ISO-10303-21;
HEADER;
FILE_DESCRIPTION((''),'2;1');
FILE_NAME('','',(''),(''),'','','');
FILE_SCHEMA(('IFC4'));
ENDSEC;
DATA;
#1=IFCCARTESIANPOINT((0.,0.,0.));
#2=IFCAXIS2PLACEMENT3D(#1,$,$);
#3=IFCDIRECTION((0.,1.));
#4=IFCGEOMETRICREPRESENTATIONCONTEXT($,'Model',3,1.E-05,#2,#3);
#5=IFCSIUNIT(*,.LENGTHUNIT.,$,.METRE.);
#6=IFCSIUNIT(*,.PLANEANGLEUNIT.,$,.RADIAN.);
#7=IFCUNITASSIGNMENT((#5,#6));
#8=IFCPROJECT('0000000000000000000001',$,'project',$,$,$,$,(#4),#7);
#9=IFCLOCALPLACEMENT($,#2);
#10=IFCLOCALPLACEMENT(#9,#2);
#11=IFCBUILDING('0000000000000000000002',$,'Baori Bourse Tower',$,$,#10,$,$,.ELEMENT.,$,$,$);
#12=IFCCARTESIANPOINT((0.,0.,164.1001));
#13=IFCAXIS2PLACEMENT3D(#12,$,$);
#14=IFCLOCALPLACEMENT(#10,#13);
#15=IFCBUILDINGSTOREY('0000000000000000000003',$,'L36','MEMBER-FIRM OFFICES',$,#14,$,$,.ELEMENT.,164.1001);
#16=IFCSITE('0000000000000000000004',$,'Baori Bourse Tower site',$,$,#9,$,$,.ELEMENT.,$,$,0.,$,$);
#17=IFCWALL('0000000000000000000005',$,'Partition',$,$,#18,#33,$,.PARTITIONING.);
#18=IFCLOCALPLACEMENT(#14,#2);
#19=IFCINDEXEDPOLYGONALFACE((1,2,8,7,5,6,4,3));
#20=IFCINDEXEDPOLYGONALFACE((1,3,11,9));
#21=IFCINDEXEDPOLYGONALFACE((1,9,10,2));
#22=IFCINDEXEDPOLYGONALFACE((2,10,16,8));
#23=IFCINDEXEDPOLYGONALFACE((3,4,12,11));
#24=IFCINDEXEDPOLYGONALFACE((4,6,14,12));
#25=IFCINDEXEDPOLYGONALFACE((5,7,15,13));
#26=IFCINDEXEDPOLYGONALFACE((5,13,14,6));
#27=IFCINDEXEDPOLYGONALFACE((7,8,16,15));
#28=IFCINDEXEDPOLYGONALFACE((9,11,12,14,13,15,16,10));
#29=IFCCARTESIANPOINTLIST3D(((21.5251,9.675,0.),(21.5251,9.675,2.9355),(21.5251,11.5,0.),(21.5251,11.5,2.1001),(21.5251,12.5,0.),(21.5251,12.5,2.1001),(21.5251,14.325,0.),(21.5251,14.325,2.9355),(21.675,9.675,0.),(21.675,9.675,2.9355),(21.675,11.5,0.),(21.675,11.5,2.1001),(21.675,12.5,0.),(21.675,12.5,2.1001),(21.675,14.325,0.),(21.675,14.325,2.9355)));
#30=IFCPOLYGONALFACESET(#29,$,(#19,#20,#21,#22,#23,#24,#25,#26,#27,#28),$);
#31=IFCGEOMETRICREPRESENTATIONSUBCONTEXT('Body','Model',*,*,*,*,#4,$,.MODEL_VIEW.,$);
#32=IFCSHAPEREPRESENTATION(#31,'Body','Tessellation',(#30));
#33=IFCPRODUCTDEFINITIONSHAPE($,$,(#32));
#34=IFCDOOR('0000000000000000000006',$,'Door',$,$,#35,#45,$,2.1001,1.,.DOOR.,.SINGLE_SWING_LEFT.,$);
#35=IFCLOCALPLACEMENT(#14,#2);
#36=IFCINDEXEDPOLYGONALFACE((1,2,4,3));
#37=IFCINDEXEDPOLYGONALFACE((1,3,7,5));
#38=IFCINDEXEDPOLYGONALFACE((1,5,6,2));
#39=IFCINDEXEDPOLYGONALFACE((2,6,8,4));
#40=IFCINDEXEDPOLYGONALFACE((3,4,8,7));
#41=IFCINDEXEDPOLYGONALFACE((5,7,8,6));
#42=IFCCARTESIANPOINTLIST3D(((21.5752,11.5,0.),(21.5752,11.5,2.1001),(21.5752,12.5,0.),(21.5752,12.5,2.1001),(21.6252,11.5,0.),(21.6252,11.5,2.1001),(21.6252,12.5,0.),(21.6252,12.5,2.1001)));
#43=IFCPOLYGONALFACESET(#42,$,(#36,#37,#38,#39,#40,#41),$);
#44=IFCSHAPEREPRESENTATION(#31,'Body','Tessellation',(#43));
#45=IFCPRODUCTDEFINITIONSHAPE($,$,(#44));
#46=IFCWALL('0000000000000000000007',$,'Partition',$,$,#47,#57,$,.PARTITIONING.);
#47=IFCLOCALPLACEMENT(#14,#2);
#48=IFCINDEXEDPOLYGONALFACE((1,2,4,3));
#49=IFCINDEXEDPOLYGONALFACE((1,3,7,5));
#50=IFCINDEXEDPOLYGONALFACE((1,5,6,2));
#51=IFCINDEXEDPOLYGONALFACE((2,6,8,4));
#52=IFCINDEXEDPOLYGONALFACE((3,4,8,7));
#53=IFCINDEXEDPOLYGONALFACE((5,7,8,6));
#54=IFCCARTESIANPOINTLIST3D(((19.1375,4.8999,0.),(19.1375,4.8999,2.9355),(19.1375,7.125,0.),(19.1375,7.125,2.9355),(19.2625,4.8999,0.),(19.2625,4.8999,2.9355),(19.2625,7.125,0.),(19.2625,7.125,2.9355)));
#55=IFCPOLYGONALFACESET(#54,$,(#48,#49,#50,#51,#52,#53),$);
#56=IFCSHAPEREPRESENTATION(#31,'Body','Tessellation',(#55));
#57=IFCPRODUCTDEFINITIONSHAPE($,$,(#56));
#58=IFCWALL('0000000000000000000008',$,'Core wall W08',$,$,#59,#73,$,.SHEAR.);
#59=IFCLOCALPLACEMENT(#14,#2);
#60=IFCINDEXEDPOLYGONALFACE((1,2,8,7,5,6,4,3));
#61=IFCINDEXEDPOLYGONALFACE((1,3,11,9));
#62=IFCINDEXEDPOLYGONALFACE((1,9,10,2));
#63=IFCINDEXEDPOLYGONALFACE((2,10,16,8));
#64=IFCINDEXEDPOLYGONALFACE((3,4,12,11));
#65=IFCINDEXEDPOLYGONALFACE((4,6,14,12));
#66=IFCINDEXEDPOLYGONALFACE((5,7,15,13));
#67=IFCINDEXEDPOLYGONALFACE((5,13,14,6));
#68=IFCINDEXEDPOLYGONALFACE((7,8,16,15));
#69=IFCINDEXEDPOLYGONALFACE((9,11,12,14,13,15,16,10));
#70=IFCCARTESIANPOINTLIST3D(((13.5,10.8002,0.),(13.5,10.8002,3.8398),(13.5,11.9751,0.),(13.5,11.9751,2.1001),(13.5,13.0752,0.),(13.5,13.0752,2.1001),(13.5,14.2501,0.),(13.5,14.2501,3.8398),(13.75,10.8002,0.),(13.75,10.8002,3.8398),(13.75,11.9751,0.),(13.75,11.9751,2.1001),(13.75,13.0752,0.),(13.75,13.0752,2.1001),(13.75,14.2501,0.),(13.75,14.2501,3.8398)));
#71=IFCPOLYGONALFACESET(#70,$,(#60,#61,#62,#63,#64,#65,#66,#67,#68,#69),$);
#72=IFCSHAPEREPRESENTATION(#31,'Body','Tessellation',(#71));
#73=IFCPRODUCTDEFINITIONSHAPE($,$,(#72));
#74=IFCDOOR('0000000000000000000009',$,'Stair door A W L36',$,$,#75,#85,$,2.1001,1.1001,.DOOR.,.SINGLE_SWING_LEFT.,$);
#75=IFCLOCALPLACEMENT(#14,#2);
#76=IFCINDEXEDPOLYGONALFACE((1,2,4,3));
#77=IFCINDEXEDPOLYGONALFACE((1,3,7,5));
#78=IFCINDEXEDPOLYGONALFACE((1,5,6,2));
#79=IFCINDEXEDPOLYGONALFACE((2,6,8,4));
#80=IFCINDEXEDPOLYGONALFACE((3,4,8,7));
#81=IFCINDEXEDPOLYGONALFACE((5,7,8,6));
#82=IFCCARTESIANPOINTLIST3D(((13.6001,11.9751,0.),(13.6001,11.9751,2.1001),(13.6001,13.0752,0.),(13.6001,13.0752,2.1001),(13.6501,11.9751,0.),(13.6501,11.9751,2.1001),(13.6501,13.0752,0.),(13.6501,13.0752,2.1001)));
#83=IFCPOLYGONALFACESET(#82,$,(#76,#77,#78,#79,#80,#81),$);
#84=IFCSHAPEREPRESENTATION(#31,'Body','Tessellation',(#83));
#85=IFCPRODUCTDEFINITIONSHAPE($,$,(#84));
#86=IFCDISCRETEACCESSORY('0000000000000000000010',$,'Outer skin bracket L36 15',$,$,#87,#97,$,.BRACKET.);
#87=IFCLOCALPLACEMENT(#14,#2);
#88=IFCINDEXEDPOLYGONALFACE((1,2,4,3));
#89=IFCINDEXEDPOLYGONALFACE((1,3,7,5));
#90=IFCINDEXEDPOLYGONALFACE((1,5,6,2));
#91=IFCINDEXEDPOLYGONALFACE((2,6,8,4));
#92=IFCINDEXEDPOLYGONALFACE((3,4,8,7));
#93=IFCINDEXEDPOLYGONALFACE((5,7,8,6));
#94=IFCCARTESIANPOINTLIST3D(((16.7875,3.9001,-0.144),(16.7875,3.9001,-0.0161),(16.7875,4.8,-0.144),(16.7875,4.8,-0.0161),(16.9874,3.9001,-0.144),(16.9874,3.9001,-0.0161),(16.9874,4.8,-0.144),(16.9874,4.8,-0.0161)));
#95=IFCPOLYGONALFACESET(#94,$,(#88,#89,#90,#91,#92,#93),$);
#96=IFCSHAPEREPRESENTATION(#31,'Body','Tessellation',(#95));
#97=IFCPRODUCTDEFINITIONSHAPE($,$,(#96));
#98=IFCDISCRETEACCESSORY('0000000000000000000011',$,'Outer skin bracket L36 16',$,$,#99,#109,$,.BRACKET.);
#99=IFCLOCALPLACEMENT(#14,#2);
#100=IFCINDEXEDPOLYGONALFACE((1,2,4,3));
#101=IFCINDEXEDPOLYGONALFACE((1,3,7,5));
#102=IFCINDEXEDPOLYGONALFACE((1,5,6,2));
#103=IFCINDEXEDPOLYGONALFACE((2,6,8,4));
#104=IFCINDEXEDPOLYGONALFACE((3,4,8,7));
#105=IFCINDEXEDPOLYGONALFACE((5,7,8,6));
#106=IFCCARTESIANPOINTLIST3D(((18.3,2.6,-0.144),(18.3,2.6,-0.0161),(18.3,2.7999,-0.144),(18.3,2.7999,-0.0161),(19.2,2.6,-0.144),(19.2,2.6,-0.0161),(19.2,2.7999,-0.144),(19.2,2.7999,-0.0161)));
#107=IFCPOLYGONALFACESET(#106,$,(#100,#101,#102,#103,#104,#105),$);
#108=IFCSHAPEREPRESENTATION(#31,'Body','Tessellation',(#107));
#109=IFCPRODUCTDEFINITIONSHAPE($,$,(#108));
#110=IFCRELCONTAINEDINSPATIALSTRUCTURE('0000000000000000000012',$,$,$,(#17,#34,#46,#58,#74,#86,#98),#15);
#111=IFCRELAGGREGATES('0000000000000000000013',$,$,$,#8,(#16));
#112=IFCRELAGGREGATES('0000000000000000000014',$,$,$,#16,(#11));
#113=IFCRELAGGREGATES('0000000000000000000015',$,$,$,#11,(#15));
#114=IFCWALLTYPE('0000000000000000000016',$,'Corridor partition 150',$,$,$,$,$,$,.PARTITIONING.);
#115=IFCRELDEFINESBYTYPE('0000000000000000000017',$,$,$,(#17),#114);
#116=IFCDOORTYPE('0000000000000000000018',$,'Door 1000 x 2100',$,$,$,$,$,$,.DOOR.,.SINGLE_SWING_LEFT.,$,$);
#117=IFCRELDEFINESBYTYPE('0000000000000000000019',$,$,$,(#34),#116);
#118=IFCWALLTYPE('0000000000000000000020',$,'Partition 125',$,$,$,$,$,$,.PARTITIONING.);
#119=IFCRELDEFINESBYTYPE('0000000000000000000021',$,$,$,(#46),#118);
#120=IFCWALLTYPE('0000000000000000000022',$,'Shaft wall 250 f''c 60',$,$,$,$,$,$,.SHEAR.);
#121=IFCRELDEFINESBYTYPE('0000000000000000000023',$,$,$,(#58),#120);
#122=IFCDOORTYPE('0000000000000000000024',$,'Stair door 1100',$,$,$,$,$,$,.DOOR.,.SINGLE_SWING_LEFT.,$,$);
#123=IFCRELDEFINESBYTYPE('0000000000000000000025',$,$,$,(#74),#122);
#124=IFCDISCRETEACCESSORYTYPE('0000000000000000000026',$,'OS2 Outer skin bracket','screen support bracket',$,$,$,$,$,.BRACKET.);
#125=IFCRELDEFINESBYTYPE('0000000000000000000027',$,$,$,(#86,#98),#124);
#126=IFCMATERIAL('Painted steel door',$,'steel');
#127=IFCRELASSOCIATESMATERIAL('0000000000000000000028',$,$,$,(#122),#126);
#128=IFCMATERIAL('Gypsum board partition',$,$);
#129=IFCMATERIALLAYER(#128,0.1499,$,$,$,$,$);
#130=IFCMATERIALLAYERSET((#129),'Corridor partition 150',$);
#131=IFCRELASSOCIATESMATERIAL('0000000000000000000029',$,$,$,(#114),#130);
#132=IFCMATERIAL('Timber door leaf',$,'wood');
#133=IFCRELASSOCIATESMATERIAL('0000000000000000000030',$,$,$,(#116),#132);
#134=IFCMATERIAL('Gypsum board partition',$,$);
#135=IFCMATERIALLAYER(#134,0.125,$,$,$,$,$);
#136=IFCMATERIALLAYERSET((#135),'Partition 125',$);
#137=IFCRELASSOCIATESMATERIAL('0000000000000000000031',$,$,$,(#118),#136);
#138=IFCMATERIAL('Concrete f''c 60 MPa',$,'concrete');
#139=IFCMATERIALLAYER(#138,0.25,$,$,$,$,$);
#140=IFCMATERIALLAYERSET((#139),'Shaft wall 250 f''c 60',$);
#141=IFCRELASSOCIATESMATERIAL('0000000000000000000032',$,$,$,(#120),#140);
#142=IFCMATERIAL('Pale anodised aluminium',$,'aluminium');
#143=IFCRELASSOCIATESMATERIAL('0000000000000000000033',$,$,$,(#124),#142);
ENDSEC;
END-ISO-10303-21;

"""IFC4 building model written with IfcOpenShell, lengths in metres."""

from ifc_helpers import new_model, si_unit, direction, frame, frame_2d, origin, origin_2d, place, context, subcontext, project, spatial, rectangle, extrude, material, layer, layer_set, type_object, element, fill, save


model = new_model("IFC4")

# Units and contexts
model_context = context("Model", 3, precision=1e-05, world=origin(), true_north=direction((0.0, 1.0)))
body_context = subcontext(model_context, "Body", "Model", "MODEL_VIEW")
ifc_project = project(units=[si_unit("LENGTHUNIT", "METRE"), si_unit("PLANEANGLEUNIT", "RADIAN")], contexts=[model_context])

# Site, building, storey
site_placement = place(None, origin())
site = spatial("IfcSite", under=ifc_project, at=site_placement, Name="Baori Bourse Tower site", CompositionType="ELEMENT", RefElevation=0.0)
building_placement = place(site_placement, origin())
building = spatial("IfcBuilding", under=site, at=building_placement, Name="Baori Bourse Tower", CompositionType="ELEMENT")
storey_placement = place(building_placement, frame((0.0, 0.0, 164.1001)))
storey = spatial("IfcBuildingStorey", under=building, at=storey_placement, Name="L36", Description="MEMBER-FIRM OFFICES", CompositionType="ELEMENT", Elevation=164.1001)

# Wall, opening, door
ifc_material_1 = material(Name="Painted steel door", Category="steel")
door_type_1 = type_object("IfcDoorType", Name="Stair door 1100", OperationType="SINGLE_SWING_LEFT", PredefinedType="DOOR", material=ifc_material_1)
ifc_material_2 = material(Name="Gypsum board partition")
ifc_layer_1 = layer(ifc_material_2, 0.1499)
ifc_layer_set_1 = layer_set([ifc_layer_1], Name="Corridor partition 150")
wall_type_1 = type_object("IfcWallType", Name="Corridor partition 150", PredefinedType="PARTITIONING", material=ifc_layer_set_1)
ifc_material_3 = material(Name="Timber door leaf", Category="wood")
door_type_2 = type_object("IfcDoorType", Name="Door 1000 x 2100", OperationType="SINGLE_SWING_LEFT", PredefinedType="DOOR", material=ifc_material_3)
wall_1_placement = place(storey_placement, frame((21.6001, 9.675, 0.0), z_axis=(0.0, 0.0, 1.0), x_axis=(0.0, 1.0, 0.0)))
wall_1 = element("IfcWall", 1, at=wall_1_placement, inside=storey, type_object=wall_type_1, Name="Partition", PredefinedType="PARTITIONING", context=body_context, shape_type="SweptSolid", body=[
    extrude(rectangle(XDim=4.6499, YDim=0.1499, at=frame_2d((2.325, 0.0))), origin(), (0.0, 0.0, 1.0), 2.9355),
])
opening_1_placement = place(wall_1_placement, frame((1.825, 0.0, 0.0)))
opening_1 = element("IfcOpeningElement", 2, at=opening_1_placement, cuts=wall_1, PredefinedType="OPENING", context=body_context, shape_type="SweptSolid", body=[
    extrude(rectangle(XDim=1.0, YDim=2.1001, at=frame_2d((0.5, 1.05))), frame((0.0, 0.085, 0.0), z_axis=(0.0, -1.0, 0.0), x_axis=(1.0, 0.0, 0.0)), (0.0, 0.0, 1.0), 0.1699),
])
door_1_placement = place(opening_1_placement, origin())
door_1 = element("IfcDoor", 3, at=door_1_placement, inside=storey, type_object=door_type_2, Name="Door", OperationType="SINGLE_SWING_LEFT", OverallHeight=2.1001, OverallWidth=1.0, PredefinedType="DOOR", context=body_context, shape_type="SweptSolid", body=[
    extrude(rectangle(XDim=1.0, YDim=2.1001, at=frame_2d((0.5, 1.05))), frame((0.0, 0.0249, 0.0), z_axis=(0.0, -1.0, 0.0), x_axis=(1.0, 0.0, 0.0)), (0.0, 0.0, 1.0), 0.05),
])
fill(opening_1, door_1)

# Wall
ifc_material_4 = material(Name="Gypsum board partition")
ifc_layer_2 = layer(ifc_material_4, 0.125)
ifc_layer_set_2 = layer_set([ifc_layer_2], Name="Partition 125")
wall_type_2 = type_object("IfcWallType", Name="Partition 125", PredefinedType="PARTITIONING", material=ifc_layer_set_2)
wall_2_placement = place(storey_placement, frame((19.2, 4.8999, 0.0), z_axis=(0.0, 0.0, 1.0), x_axis=(0.0, 1.0, 0.0)))
element("IfcWall", 4, at=wall_2_placement, inside=storey, type_object=wall_type_2, Name="Partition", PredefinedType="PARTITIONING", context=body_context, shape_type="SweptSolid", body=[
    extrude(rectangle(XDim=2.2251, YDim=0.125, at=frame_2d((1.1125, 0.0))), origin(), (0.0, 0.0, 1.0), 2.9355),
])

# Wall, opening, door
ifc_material_5 = material(Name="Concrete f'c 60 MPa", Category="concrete")
ifc_layer_3 = layer(ifc_material_5, 0.25)
ifc_layer_set_3 = layer_set([ifc_layer_3], Name="Shaft wall 250 f'c 60")
wall_type_3 = type_object("IfcWallType", Name="Shaft wall 250 f'c 60", PredefinedType="SHEAR", material=ifc_layer_set_3)
wall_3_placement = place(storey_placement, frame((13.625, 10.8, 0.0), z_axis=(0.0, 0.0, 1.0), x_axis=(0.0, 1.0, 0.0)))
wall_3 = element("IfcWall", 5, at=wall_3_placement, inside=storey, type_object=wall_type_3, Name="Core wall W08", PredefinedType="SHEAR", context=body_context, shape_type="SweptSolid", body=[
    extrude(rectangle(XDim=3.45, YDim=0.25, at=frame_2d((1.7251, 0.0))), origin(), (0.0, 0.0, 1.0), 3.8398),
])
opening_2_placement = place(wall_3_placement, frame((1.175, 0.0, 0.0)))
opening_2 = element("IfcOpeningElement", 6, at=opening_2_placement, cuts=wall_3, PredefinedType="OPENING", context=body_context, shape_type="SweptSolid", body=[
    extrude(rectangle(XDim=1.1001, YDim=2.1001, at=frame_2d((0.55, 1.05))), frame((0.0, 0.135, 0.0), z_axis=(0.0, -1.0, 0.0), x_axis=(1.0, 0.0, 0.0)), (0.0, 0.0, 1.0), 0.27),
])
door_2_placement = place(opening_2_placement, origin())
door_2 = element("IfcDoor", 7, at=door_2_placement, inside=storey, type_object=door_type_1, Name="Stair door A W L36", OperationType="SINGLE_SWING_LEFT", OverallHeight=2.1001, OverallWidth=1.1001, PredefinedType="DOOR", context=body_context, shape_type="SweptSolid", body=[
    extrude(rectangle(XDim=1.1001, YDim=2.1001, at=frame_2d((0.55, 1.05))), frame((0.0, 0.0249, 0.0), z_axis=(0.0, -1.0, 0.0), x_axis=(1.0, 0.0, 0.0)), (0.0, 0.0, 1.0), 0.05),
])
fill(opening_2, door_2)

# Discrete accessories
ifc_material_6 = material(Name="Pale anodised aluminium", Category="aluminium")
discrete_accessory_type = type_object("IfcDiscreteAccessoryType", Name="OS2 Outer skin bracket", Description="screen support bracket", PredefinedType="BRACKET", material=ifc_material_6)
for number, where, z_axis, x_axis, name in (
    (8, (16.8875, 4.3501, -0.144), (0.0, 0.0, 1.0), (1.0, 0.0, 0.0), "Outer skin bracket L36 15"),
    (9, (18.75, 2.7, -0.144), (0.0, 0.0, 1.0), (0.0, -1.0, 0.0), "Outer skin bracket L36 16"),
):
    element("IfcDiscreteAccessory", number, at=place(storey_placement, frame(where, z_axis=z_axis, x_axis=x_axis)), inside=storey, type_object=discrete_accessory_type, Name=name, PredefinedType="BRACKET", context=body_context, shape_type="SweptSolid", body=[
        extrude(rectangle(XDim=0.2, YDim=0.8999, at=origin_2d()), origin(), (0.0, 0.0, 1.0), 0.1279),
    ])

save(model, "model.ifc")
